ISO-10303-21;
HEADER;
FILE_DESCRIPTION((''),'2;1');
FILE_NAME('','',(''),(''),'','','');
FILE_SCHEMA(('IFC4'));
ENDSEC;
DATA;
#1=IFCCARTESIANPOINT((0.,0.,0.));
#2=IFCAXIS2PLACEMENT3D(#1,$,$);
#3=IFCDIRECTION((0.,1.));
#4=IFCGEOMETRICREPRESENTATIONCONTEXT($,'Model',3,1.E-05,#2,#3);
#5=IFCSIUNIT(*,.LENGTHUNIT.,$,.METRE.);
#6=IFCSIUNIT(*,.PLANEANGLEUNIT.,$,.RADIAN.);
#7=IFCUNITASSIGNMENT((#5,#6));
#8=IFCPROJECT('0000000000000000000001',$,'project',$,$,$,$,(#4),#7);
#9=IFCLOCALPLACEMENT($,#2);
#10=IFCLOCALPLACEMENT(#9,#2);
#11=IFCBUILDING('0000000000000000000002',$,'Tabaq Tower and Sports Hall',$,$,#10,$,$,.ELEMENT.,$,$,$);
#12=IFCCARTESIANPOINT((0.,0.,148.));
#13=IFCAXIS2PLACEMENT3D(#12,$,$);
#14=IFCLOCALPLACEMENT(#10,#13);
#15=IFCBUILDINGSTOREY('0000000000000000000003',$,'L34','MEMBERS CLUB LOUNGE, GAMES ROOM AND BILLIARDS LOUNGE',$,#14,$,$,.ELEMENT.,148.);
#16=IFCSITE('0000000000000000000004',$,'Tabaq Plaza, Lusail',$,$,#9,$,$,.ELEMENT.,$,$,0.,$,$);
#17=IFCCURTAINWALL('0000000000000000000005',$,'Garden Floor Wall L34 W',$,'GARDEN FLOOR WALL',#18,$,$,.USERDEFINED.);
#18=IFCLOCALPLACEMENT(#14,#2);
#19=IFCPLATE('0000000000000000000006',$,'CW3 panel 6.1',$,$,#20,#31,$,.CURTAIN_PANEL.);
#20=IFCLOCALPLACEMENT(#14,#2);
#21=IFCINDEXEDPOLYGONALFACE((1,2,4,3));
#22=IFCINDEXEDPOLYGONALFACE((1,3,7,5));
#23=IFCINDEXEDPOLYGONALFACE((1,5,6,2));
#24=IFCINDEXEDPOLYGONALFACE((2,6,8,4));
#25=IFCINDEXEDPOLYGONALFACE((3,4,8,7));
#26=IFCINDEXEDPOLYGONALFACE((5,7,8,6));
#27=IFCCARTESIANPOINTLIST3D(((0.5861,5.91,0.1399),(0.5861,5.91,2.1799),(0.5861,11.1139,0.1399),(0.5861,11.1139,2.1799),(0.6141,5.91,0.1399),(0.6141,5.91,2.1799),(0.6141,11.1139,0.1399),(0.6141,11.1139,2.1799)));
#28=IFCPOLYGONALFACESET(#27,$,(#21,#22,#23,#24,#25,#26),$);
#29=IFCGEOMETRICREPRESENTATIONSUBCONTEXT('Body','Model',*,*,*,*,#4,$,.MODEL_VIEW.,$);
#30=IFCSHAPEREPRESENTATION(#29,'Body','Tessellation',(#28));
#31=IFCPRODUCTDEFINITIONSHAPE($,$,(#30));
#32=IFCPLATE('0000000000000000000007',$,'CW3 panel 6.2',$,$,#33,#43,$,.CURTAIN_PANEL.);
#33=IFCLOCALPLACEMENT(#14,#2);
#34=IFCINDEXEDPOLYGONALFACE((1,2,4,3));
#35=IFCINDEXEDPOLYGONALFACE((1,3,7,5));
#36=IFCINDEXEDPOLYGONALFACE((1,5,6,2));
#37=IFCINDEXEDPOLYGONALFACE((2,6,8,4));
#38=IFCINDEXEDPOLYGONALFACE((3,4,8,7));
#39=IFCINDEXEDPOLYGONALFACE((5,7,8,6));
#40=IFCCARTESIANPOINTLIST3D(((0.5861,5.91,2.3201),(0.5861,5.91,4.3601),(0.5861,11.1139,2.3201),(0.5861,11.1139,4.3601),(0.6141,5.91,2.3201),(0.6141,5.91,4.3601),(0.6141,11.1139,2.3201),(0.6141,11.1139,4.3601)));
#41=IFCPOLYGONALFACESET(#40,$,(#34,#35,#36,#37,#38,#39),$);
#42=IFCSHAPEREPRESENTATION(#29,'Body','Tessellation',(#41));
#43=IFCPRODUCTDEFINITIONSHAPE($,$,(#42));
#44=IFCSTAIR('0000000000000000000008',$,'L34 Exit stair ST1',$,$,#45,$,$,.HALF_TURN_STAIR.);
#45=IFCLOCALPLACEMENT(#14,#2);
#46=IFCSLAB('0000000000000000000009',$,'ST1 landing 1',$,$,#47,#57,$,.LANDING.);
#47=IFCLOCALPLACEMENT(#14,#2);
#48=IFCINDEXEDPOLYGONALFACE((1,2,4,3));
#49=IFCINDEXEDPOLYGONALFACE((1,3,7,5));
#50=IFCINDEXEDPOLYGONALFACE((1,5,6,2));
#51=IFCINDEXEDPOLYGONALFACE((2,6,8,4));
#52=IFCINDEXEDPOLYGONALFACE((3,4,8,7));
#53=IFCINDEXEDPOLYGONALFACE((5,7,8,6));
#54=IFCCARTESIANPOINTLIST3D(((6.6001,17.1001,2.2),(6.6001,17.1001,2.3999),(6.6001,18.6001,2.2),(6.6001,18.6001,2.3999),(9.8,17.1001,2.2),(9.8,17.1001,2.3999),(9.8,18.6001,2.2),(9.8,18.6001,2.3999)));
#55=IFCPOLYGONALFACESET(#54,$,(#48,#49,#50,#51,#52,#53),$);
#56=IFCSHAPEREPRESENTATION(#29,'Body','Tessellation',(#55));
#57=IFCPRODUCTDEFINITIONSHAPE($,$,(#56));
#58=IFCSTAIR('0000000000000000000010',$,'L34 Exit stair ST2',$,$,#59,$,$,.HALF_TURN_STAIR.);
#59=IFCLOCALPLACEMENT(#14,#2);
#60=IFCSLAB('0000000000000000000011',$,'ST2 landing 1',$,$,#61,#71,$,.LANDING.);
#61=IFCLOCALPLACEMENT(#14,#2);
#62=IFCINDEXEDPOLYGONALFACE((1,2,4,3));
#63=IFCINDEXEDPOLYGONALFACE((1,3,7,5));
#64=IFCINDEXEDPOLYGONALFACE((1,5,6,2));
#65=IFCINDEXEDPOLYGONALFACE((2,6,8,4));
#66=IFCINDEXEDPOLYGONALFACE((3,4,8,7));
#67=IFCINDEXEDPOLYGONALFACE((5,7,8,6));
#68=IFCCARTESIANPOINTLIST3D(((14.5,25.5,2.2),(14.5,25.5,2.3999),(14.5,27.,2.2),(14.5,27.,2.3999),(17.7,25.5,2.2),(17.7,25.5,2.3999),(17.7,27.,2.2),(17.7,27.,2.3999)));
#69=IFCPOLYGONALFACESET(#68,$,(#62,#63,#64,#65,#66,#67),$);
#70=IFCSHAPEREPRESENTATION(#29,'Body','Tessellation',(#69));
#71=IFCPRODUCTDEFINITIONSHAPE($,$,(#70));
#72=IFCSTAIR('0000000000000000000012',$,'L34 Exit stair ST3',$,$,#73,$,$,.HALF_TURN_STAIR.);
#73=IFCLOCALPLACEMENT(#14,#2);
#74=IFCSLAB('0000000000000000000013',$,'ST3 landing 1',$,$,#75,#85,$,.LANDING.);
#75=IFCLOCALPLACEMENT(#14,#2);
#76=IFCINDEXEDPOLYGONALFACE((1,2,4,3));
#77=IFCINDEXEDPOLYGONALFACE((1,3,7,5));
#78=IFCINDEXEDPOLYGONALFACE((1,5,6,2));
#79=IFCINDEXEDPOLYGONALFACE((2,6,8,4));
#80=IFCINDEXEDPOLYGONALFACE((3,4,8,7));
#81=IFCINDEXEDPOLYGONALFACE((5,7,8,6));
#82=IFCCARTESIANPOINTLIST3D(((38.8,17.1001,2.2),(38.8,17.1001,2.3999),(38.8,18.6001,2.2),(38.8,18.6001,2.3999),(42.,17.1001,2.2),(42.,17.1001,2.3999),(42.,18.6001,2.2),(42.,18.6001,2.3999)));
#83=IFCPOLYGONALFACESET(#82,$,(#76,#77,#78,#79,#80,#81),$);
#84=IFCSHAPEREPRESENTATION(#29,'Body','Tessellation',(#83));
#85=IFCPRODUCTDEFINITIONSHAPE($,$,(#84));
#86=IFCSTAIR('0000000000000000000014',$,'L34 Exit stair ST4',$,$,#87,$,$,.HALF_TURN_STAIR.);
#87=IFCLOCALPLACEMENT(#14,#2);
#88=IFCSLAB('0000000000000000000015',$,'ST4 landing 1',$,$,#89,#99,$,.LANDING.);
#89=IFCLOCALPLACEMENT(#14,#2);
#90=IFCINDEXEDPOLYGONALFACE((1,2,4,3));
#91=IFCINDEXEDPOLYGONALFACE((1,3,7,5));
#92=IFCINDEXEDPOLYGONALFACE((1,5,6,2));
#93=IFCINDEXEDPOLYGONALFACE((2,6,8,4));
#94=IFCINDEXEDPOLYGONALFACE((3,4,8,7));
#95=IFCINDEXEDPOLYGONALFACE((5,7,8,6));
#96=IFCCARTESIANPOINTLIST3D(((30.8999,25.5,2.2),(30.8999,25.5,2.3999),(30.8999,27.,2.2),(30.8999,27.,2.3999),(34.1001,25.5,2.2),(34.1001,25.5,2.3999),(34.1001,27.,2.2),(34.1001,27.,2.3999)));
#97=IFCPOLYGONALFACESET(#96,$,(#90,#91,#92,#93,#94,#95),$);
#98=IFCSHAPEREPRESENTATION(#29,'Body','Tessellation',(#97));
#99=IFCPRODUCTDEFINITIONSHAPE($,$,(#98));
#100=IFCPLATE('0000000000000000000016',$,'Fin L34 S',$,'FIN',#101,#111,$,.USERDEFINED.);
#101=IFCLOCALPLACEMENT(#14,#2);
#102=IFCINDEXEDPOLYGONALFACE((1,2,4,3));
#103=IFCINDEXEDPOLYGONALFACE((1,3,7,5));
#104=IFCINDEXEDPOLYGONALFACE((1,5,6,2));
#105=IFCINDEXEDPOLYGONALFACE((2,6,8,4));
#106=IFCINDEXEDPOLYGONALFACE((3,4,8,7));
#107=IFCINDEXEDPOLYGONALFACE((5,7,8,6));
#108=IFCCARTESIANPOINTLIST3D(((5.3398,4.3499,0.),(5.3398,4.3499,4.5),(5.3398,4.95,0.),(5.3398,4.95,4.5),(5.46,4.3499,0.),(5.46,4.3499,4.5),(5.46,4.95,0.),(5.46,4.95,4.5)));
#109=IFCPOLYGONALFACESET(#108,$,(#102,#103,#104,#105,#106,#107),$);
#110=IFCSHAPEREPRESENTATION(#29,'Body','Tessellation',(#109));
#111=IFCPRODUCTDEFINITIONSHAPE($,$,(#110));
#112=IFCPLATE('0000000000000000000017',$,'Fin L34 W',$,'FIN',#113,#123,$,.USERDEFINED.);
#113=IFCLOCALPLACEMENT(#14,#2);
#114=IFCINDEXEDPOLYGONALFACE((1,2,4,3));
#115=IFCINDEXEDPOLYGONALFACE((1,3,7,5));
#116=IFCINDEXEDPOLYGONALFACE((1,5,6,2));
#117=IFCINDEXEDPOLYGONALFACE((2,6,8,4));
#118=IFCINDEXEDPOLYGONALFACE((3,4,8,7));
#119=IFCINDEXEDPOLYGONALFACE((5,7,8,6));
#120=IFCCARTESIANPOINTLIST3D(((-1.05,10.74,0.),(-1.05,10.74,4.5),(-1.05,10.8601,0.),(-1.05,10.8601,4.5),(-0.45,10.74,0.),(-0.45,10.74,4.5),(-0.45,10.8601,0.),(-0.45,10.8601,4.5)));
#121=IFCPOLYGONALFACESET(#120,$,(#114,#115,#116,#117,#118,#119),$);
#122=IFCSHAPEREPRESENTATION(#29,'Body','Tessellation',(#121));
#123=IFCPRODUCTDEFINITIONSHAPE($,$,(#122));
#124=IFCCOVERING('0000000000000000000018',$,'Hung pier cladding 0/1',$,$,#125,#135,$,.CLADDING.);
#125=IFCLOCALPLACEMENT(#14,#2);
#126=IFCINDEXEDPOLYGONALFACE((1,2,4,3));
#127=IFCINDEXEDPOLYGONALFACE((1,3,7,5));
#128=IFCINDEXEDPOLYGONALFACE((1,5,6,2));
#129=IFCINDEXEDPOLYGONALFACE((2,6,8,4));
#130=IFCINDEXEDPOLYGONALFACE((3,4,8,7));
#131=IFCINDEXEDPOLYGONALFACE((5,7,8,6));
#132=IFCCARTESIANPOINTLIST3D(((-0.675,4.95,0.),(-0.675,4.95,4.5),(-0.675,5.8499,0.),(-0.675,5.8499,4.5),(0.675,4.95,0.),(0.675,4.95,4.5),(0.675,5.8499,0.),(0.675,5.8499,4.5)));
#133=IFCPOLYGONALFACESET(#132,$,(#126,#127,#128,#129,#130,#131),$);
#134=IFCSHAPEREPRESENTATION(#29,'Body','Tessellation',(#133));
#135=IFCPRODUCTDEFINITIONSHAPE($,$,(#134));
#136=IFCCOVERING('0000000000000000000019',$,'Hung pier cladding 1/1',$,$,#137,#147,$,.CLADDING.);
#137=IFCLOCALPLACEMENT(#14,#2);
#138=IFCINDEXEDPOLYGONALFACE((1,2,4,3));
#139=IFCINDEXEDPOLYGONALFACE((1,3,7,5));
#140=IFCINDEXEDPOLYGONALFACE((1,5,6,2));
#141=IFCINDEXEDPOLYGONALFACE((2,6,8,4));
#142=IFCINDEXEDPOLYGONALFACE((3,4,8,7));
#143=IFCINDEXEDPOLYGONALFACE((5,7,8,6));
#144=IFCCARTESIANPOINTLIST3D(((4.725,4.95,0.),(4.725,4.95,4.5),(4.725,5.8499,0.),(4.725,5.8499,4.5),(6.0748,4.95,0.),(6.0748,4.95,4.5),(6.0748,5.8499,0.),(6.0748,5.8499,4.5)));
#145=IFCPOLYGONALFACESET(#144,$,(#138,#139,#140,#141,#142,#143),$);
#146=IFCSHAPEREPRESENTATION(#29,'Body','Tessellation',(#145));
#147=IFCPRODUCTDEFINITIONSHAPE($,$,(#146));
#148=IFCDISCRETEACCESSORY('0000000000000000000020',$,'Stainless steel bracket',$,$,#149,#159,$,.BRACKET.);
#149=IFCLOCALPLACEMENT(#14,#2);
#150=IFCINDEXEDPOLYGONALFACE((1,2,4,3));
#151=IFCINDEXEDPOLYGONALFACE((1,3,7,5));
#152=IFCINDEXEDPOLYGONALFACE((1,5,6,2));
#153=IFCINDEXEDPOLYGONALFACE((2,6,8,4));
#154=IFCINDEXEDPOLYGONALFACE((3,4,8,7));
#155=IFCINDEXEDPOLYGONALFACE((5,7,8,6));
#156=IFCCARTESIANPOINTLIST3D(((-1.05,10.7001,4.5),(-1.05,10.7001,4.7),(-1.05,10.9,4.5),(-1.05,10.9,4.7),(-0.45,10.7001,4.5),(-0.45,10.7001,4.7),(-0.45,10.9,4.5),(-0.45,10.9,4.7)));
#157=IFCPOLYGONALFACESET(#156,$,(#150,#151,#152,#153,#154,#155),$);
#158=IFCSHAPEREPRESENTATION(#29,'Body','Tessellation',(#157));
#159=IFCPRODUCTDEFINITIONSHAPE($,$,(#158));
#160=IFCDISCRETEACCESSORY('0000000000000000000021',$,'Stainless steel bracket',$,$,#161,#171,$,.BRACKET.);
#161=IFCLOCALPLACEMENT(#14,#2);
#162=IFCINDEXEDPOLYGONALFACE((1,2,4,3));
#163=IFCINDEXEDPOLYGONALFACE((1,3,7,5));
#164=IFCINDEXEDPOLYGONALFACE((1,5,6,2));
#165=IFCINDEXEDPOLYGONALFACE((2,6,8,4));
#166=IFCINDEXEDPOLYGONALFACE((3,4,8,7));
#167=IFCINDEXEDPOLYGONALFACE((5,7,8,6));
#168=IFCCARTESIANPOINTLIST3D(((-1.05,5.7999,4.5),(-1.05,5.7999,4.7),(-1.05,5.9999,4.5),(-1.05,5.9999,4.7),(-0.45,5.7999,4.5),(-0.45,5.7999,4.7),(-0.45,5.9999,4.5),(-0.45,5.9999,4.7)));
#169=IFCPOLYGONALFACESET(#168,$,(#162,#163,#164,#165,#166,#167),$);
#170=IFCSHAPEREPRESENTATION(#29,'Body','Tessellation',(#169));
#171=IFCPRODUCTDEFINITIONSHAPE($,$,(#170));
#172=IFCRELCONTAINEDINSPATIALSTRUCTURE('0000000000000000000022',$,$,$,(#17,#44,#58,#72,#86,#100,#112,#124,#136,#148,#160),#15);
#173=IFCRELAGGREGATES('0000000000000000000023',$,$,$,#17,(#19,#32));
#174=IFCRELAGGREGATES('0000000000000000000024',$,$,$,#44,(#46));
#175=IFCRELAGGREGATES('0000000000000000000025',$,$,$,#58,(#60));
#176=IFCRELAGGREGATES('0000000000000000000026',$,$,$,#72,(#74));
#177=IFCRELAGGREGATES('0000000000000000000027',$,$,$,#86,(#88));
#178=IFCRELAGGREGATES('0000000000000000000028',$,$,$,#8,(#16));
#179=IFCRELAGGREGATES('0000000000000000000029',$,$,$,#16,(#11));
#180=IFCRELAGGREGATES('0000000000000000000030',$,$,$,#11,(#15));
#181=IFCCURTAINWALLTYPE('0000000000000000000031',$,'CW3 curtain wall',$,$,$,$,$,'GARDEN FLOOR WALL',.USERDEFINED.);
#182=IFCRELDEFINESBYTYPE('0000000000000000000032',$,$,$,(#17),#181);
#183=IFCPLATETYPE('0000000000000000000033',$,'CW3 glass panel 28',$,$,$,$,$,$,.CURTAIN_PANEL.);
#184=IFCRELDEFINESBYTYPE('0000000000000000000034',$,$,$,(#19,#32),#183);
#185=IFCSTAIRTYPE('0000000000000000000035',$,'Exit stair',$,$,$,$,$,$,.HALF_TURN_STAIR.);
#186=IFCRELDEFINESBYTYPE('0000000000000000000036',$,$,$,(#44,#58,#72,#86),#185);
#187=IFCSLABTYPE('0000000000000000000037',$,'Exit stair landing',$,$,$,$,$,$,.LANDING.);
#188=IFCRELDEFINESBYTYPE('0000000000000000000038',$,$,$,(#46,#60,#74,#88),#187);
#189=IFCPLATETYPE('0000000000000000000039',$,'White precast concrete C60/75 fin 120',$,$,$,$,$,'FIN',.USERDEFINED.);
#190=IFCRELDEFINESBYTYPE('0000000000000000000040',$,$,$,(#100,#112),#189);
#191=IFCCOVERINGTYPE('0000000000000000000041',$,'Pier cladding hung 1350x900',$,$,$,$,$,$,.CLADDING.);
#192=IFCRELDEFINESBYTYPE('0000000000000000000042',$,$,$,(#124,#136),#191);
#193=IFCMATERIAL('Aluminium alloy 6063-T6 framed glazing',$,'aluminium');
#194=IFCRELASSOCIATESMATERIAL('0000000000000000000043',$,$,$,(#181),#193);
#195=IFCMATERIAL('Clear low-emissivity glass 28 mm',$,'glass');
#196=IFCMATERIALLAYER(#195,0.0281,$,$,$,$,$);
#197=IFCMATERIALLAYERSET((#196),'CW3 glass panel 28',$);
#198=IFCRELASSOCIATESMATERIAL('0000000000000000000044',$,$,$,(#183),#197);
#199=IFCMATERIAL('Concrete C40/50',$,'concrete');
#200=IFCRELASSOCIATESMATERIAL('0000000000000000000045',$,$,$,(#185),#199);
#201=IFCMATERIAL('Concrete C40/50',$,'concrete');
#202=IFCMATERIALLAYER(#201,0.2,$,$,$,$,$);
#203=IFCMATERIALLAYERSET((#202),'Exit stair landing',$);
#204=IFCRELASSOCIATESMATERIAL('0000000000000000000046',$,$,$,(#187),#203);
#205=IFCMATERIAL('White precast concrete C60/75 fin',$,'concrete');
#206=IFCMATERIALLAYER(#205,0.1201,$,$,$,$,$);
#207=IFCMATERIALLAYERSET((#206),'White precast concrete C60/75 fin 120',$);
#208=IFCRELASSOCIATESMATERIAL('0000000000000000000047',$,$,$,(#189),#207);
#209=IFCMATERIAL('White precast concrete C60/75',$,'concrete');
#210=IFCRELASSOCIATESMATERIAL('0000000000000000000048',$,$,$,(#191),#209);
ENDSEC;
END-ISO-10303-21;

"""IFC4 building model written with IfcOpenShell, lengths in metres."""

from ifc_helpers import new_model, si_unit, direction, frame, frame_2d, origin, origin_2d, place, context, subcontext, project, spatial, polyline, rectangle, outline, extrude, material, layer, layer_set, type_object, element, aggregate, save


model = new_model("IFC4")

# Units and contexts
model_context = context("Model", 3, precision=1e-05, world=origin(), true_north=direction((0.0, 1.0)))
body_context = subcontext(model_context, "Body", "Model", "MODEL_VIEW")
ifc_project = project(units=[si_unit("LENGTHUNIT", "METRE"), si_unit("PLANEANGLEUNIT", "RADIAN")], contexts=[model_context])

# Site, building, storey
site_placement = place(None, origin())
site = spatial("IfcSite", under=ifc_project, at=site_placement, Name="Tabaq Plaza, Lusail", CompositionType="ELEMENT", RefElevation=0.0)
building_placement = place(site_placement, origin())
building = spatial("IfcBuilding", under=site, at=building_placement, Name="Tabaq Tower and Sports Hall", CompositionType="ELEMENT")
storey_placement = place(building_placement, frame((0.0, 0.0, 148.0)))
storey = spatial("IfcBuildingStorey", under=building, at=storey_placement, Name="L34", Description="MEMBERS CLUB LOUNGE, GAMES ROOM AND BILLIARDS LOUNGE", CompositionType="ELEMENT", Elevation=148.0)

# Shared definitions
ifc_material_1 = material(Name="Aluminium alloy 6063-T6 framed glazing", Category="aluminium")
curtain_wall_type = type_object("IfcCurtainWallType", Name="CW3 curtain wall", ElementType="GARDEN FLOOR WALL", PredefinedType="USERDEFINED", material=ifc_material_1)

# Curtain wall
curtain_wall_1_placement = place(storey_placement, origin())
curtain_wall_1 = element("IfcCurtainWall", 1, at=curtain_wall_1_placement, inside=storey, type_object=curtain_wall_type, Name="Garden Floor Wall L34 W", ObjectType="GARDEN FLOOR WALL", PredefinedType="USERDEFINED")

# Plates
ifc_material_2 = material(Name="Clear low-emissivity glass 28 mm", Category="glass")
ifc_layer_1 = layer(ifc_material_2, 0.0281)
ifc_layer_set_1 = layer_set([ifc_layer_1], Name="CW3 glass panel 28")
plate_type_1 = type_object("IfcPlateType", Name="CW3 glass panel 28", PredefinedType="CURTAIN_PANEL", material=ifc_layer_set_1)
plate_1_placement = place(storey_placement, frame((0.6001, 8.512, 0.1399), z_axis=(0.0, 0.0, 1.0), x_axis=(0.0, -1.0, 0.0)))
plate_1 = element("IfcPlate", 2, at=plate_1_placement, type_object=plate_type_1, Name="CW3 panel 6.1", PredefinedType="CURTAIN_PANEL", context=body_context, shape_type="SweptSolid", body=[
    extrude(rectangle(XDim=5.2039, YDim=0.0281, at=origin_2d()), origin(), (0.0, 0.0, 1.0), 2.04),
])
plate_2_placement = place(storey_placement, frame((0.6001, 8.512, 2.3201), z_axis=(0.0, 0.0, 1.0), x_axis=(0.0, -1.0, 0.0)))
plate_2 = element("IfcPlate", 3, at=plate_2_placement, type_object=plate_type_1, Name="CW3 panel 6.2", PredefinedType="CURTAIN_PANEL", context=body_context, shape_type="SweptSolid", body=[
    extrude(rectangle(XDim=5.2039, YDim=0.0281, at=origin_2d()), origin(), (0.0, 0.0, 1.0), 2.04),
])
aggregate(curtain_wall_1, [plate_1, plate_2])

# Stairs, slabs
ifc_material_3 = material(Name="Concrete C40/50", Category="concrete")
stair_type = type_object("IfcStairType", Name="Exit stair", PredefinedType="HALF_TURN_STAIR", material=ifc_material_3)
stair_1_placement = place(storey_placement, origin())
stair_1 = element("IfcStair", 4, at=stair_1_placement, inside=storey, type_object=stair_type, Name="L34 Exit stair ST1", PredefinedType="HALF_TURN_STAIR")
ifc_material_4 = material(Name="Concrete C40/50", Category="concrete")
ifc_layer_2 = layer(ifc_material_4, 0.2)
ifc_layer_set_2 = layer_set([ifc_layer_2], Name="Exit stair landing")
slab_type = type_object("IfcSlabType", Name="Exit stair landing", PredefinedType="LANDING", material=ifc_layer_set_2)
slab_1_placement = place(storey_placement, frame((0.0, 0.0, 2.2)))
slab_1 = element("IfcSlab", 5, at=slab_1_placement, type_object=slab_type, Name="ST1 landing 1", PredefinedType="LANDING", context=body_context, shape_type="SweptSolid", body=[
    extrude(outline(polyline([(6.6001, 18.6001), (6.6001, 17.1001), (9.8, 17.1001), (9.8, 18.6001), (6.6001, 18.6001)])), origin(), (0.0, 0.0, 1.0), 0.2),
])
aggregate(stair_1, [slab_1])
stair_2_placement = place(storey_placement, origin())
stair_2 = element("IfcStair", 6, at=stair_2_placement, inside=storey, type_object=stair_type, Name="L34 Exit stair ST2", PredefinedType="HALF_TURN_STAIR")
slab_2_placement = place(storey_placement, frame((0.0, 0.0, 2.2)))
slab_2 = element("IfcSlab", 7, at=slab_2_placement, type_object=slab_type, Name="ST2 landing 1", PredefinedType="LANDING", context=body_context, shape_type="SweptSolid", body=[
    extrude(outline(polyline([(14.5, 27.0), (14.5, 25.5), (17.7, 25.5), (17.7, 27.0), (14.5, 27.0)])), origin(), (0.0, 0.0, 1.0), 0.2),
])
aggregate(stair_2, [slab_2])
stair_3_placement = place(storey_placement, origin())
stair_3 = element("IfcStair", 8, at=stair_3_placement, inside=storey, type_object=stair_type, Name="L34 Exit stair ST3", PredefinedType="HALF_TURN_STAIR")
slab_3_placement = place(storey_placement, frame((0.0, 0.0, 2.2)))
slab_3 = element("IfcSlab", 9, at=slab_3_placement, type_object=slab_type, Name="ST3 landing 1", PredefinedType="LANDING", context=body_context, shape_type="SweptSolid", body=[
    extrude(outline(polyline([(38.8, 18.6001), (38.8, 17.1001), (42.0, 17.1001), (42.0, 18.6001), (38.8, 18.6001)])), origin(), (0.0, 0.0, 1.0), 0.2),
])
aggregate(stair_3, [slab_3])
stair_4_placement = place(storey_placement, origin())
stair_4 = element("IfcStair", 10, at=stair_4_placement, inside=storey, type_object=stair_type, Name="L34 Exit stair ST4", PredefinedType="HALF_TURN_STAIR")
slab_4_placement = place(storey_placement, frame((0.0, 0.0, 2.2)))
slab_4 = element("IfcSlab", 11, at=slab_4_placement, type_object=slab_type, Name="ST4 landing 1", PredefinedType="LANDING", context=body_context, shape_type="SweptSolid", body=[
    extrude(outline(polyline([(30.8999, 27.0), (30.8999, 25.5), (34.1001, 25.5), (34.1001, 27.0), (30.8999, 27.0)])), origin(), (0.0, 0.0, 1.0), 0.2),
])
aggregate(stair_4, [slab_4])

# Plates
ifc_material_5 = material(Name="White precast concrete C60/75 fin", Category="concrete")
ifc_layer_3 = layer(ifc_material_5, 0.1201)
ifc_layer_set_3 = layer_set([ifc_layer_3], Name="White precast concrete C60/75 fin 120")
plate_type_2 = type_object("IfcPlateType", Name="White precast concrete C60/75 fin 120", ElementType="FIN", PredefinedType="USERDEFINED", material=ifc_layer_set_3)
for number, where, z_axis, x_axis, name in (
    (12, (5.3999, 4.6499, 0.0), (0.0, 0.0, 1.0), (1.0, 0.0, 0.0), "Fin L34 S"),
    (13, (-0.75, 10.8, 0.0), (0.0, 0.0, 1.0), (0.0, -1.0, 0.0), "Fin L34 W"),
):
    element("IfcPlate", number, at=place(storey_placement, frame(where, z_axis=z_axis, x_axis=x_axis)), inside=storey, type_object=plate_type_2, Name=name, ObjectType="FIN", PredefinedType="USERDEFINED", context=body_context, shape_type="SweptSolid", body=[
        extrude(rectangle(XDim=0.1201, YDim=0.6001, at=origin_2d()), origin(), (0.0, 0.0, 1.0), 4.5),
    ])

# Coverings
ifc_material_6 = material(Name="White precast concrete C60/75", Category="concrete")
covering_type = type_object("IfcCoveringType", Name="Pier cladding hung 1350x900", PredefinedType="CLADDING", material=ifc_material_6)
covering_1_placement = place(storey_placement, frame((-0.675, 5.3999, 0.0), z_axis=(0.0, 0.0, 1.0), x_axis=(1.0, 0.0, 0.0)))
element("IfcCovering", 14, at=covering_1_placement, inside=storey, type_object=covering_type, Name="Hung pier cladding 0/1", PredefinedType="CLADDING", context=body_context, shape_type="SweptSolid", body=[
    extrude(rectangle(XDim=1.3501, YDim=0.8999, at=frame_2d((0.675, 0.0))), origin(), (0.0, 0.0, 1.0), 4.5),
])
covering_2_placement = place(storey_placement, frame((4.7251, 5.3999, 0.0), z_axis=(0.0, 0.0, 1.0), x_axis=(1.0, 0.0, 0.0)))
element("IfcCovering", 15, at=covering_2_placement, inside=storey, type_object=covering_type, Name="Hung pier cladding 1/1", PredefinedType="CLADDING", context=body_context, shape_type="SweptSolid", body=[
    extrude(rectangle(XDim=1.3499, YDim=0.8999, at=frame_2d((0.6748, 0.0))), origin(), (0.0, 0.0, 1.0), 4.5),
])

# Discrete accessories
for number, where, z_axis, x_axis, name in (
    (16, (-0.75, 10.8, 4.5), (0.0, 0.0, 1.0), (-1.0, 0.0, 0.0), "Stainless steel bracket"),
    (17, (-0.75, 5.8999, 4.5), (0.0, 0.0, 1.0), (-1.0, 0.0, 0.0), "Stainless steel bracket"),
):
    element("IfcDiscreteAccessory", number, at=place(storey_placement, frame(where, z_axis=z_axis, x_axis=x_axis)), inside=storey, Name=name, PredefinedType="BRACKET", context=body_context, shape_type="SweptSolid", body=[
        extrude(rectangle(XDim=0.6001, YDim=0.2, at=origin_2d()), origin(), (0.0, 0.0, 1.0), 0.2),
    ])

save(model, "model.ifc")
